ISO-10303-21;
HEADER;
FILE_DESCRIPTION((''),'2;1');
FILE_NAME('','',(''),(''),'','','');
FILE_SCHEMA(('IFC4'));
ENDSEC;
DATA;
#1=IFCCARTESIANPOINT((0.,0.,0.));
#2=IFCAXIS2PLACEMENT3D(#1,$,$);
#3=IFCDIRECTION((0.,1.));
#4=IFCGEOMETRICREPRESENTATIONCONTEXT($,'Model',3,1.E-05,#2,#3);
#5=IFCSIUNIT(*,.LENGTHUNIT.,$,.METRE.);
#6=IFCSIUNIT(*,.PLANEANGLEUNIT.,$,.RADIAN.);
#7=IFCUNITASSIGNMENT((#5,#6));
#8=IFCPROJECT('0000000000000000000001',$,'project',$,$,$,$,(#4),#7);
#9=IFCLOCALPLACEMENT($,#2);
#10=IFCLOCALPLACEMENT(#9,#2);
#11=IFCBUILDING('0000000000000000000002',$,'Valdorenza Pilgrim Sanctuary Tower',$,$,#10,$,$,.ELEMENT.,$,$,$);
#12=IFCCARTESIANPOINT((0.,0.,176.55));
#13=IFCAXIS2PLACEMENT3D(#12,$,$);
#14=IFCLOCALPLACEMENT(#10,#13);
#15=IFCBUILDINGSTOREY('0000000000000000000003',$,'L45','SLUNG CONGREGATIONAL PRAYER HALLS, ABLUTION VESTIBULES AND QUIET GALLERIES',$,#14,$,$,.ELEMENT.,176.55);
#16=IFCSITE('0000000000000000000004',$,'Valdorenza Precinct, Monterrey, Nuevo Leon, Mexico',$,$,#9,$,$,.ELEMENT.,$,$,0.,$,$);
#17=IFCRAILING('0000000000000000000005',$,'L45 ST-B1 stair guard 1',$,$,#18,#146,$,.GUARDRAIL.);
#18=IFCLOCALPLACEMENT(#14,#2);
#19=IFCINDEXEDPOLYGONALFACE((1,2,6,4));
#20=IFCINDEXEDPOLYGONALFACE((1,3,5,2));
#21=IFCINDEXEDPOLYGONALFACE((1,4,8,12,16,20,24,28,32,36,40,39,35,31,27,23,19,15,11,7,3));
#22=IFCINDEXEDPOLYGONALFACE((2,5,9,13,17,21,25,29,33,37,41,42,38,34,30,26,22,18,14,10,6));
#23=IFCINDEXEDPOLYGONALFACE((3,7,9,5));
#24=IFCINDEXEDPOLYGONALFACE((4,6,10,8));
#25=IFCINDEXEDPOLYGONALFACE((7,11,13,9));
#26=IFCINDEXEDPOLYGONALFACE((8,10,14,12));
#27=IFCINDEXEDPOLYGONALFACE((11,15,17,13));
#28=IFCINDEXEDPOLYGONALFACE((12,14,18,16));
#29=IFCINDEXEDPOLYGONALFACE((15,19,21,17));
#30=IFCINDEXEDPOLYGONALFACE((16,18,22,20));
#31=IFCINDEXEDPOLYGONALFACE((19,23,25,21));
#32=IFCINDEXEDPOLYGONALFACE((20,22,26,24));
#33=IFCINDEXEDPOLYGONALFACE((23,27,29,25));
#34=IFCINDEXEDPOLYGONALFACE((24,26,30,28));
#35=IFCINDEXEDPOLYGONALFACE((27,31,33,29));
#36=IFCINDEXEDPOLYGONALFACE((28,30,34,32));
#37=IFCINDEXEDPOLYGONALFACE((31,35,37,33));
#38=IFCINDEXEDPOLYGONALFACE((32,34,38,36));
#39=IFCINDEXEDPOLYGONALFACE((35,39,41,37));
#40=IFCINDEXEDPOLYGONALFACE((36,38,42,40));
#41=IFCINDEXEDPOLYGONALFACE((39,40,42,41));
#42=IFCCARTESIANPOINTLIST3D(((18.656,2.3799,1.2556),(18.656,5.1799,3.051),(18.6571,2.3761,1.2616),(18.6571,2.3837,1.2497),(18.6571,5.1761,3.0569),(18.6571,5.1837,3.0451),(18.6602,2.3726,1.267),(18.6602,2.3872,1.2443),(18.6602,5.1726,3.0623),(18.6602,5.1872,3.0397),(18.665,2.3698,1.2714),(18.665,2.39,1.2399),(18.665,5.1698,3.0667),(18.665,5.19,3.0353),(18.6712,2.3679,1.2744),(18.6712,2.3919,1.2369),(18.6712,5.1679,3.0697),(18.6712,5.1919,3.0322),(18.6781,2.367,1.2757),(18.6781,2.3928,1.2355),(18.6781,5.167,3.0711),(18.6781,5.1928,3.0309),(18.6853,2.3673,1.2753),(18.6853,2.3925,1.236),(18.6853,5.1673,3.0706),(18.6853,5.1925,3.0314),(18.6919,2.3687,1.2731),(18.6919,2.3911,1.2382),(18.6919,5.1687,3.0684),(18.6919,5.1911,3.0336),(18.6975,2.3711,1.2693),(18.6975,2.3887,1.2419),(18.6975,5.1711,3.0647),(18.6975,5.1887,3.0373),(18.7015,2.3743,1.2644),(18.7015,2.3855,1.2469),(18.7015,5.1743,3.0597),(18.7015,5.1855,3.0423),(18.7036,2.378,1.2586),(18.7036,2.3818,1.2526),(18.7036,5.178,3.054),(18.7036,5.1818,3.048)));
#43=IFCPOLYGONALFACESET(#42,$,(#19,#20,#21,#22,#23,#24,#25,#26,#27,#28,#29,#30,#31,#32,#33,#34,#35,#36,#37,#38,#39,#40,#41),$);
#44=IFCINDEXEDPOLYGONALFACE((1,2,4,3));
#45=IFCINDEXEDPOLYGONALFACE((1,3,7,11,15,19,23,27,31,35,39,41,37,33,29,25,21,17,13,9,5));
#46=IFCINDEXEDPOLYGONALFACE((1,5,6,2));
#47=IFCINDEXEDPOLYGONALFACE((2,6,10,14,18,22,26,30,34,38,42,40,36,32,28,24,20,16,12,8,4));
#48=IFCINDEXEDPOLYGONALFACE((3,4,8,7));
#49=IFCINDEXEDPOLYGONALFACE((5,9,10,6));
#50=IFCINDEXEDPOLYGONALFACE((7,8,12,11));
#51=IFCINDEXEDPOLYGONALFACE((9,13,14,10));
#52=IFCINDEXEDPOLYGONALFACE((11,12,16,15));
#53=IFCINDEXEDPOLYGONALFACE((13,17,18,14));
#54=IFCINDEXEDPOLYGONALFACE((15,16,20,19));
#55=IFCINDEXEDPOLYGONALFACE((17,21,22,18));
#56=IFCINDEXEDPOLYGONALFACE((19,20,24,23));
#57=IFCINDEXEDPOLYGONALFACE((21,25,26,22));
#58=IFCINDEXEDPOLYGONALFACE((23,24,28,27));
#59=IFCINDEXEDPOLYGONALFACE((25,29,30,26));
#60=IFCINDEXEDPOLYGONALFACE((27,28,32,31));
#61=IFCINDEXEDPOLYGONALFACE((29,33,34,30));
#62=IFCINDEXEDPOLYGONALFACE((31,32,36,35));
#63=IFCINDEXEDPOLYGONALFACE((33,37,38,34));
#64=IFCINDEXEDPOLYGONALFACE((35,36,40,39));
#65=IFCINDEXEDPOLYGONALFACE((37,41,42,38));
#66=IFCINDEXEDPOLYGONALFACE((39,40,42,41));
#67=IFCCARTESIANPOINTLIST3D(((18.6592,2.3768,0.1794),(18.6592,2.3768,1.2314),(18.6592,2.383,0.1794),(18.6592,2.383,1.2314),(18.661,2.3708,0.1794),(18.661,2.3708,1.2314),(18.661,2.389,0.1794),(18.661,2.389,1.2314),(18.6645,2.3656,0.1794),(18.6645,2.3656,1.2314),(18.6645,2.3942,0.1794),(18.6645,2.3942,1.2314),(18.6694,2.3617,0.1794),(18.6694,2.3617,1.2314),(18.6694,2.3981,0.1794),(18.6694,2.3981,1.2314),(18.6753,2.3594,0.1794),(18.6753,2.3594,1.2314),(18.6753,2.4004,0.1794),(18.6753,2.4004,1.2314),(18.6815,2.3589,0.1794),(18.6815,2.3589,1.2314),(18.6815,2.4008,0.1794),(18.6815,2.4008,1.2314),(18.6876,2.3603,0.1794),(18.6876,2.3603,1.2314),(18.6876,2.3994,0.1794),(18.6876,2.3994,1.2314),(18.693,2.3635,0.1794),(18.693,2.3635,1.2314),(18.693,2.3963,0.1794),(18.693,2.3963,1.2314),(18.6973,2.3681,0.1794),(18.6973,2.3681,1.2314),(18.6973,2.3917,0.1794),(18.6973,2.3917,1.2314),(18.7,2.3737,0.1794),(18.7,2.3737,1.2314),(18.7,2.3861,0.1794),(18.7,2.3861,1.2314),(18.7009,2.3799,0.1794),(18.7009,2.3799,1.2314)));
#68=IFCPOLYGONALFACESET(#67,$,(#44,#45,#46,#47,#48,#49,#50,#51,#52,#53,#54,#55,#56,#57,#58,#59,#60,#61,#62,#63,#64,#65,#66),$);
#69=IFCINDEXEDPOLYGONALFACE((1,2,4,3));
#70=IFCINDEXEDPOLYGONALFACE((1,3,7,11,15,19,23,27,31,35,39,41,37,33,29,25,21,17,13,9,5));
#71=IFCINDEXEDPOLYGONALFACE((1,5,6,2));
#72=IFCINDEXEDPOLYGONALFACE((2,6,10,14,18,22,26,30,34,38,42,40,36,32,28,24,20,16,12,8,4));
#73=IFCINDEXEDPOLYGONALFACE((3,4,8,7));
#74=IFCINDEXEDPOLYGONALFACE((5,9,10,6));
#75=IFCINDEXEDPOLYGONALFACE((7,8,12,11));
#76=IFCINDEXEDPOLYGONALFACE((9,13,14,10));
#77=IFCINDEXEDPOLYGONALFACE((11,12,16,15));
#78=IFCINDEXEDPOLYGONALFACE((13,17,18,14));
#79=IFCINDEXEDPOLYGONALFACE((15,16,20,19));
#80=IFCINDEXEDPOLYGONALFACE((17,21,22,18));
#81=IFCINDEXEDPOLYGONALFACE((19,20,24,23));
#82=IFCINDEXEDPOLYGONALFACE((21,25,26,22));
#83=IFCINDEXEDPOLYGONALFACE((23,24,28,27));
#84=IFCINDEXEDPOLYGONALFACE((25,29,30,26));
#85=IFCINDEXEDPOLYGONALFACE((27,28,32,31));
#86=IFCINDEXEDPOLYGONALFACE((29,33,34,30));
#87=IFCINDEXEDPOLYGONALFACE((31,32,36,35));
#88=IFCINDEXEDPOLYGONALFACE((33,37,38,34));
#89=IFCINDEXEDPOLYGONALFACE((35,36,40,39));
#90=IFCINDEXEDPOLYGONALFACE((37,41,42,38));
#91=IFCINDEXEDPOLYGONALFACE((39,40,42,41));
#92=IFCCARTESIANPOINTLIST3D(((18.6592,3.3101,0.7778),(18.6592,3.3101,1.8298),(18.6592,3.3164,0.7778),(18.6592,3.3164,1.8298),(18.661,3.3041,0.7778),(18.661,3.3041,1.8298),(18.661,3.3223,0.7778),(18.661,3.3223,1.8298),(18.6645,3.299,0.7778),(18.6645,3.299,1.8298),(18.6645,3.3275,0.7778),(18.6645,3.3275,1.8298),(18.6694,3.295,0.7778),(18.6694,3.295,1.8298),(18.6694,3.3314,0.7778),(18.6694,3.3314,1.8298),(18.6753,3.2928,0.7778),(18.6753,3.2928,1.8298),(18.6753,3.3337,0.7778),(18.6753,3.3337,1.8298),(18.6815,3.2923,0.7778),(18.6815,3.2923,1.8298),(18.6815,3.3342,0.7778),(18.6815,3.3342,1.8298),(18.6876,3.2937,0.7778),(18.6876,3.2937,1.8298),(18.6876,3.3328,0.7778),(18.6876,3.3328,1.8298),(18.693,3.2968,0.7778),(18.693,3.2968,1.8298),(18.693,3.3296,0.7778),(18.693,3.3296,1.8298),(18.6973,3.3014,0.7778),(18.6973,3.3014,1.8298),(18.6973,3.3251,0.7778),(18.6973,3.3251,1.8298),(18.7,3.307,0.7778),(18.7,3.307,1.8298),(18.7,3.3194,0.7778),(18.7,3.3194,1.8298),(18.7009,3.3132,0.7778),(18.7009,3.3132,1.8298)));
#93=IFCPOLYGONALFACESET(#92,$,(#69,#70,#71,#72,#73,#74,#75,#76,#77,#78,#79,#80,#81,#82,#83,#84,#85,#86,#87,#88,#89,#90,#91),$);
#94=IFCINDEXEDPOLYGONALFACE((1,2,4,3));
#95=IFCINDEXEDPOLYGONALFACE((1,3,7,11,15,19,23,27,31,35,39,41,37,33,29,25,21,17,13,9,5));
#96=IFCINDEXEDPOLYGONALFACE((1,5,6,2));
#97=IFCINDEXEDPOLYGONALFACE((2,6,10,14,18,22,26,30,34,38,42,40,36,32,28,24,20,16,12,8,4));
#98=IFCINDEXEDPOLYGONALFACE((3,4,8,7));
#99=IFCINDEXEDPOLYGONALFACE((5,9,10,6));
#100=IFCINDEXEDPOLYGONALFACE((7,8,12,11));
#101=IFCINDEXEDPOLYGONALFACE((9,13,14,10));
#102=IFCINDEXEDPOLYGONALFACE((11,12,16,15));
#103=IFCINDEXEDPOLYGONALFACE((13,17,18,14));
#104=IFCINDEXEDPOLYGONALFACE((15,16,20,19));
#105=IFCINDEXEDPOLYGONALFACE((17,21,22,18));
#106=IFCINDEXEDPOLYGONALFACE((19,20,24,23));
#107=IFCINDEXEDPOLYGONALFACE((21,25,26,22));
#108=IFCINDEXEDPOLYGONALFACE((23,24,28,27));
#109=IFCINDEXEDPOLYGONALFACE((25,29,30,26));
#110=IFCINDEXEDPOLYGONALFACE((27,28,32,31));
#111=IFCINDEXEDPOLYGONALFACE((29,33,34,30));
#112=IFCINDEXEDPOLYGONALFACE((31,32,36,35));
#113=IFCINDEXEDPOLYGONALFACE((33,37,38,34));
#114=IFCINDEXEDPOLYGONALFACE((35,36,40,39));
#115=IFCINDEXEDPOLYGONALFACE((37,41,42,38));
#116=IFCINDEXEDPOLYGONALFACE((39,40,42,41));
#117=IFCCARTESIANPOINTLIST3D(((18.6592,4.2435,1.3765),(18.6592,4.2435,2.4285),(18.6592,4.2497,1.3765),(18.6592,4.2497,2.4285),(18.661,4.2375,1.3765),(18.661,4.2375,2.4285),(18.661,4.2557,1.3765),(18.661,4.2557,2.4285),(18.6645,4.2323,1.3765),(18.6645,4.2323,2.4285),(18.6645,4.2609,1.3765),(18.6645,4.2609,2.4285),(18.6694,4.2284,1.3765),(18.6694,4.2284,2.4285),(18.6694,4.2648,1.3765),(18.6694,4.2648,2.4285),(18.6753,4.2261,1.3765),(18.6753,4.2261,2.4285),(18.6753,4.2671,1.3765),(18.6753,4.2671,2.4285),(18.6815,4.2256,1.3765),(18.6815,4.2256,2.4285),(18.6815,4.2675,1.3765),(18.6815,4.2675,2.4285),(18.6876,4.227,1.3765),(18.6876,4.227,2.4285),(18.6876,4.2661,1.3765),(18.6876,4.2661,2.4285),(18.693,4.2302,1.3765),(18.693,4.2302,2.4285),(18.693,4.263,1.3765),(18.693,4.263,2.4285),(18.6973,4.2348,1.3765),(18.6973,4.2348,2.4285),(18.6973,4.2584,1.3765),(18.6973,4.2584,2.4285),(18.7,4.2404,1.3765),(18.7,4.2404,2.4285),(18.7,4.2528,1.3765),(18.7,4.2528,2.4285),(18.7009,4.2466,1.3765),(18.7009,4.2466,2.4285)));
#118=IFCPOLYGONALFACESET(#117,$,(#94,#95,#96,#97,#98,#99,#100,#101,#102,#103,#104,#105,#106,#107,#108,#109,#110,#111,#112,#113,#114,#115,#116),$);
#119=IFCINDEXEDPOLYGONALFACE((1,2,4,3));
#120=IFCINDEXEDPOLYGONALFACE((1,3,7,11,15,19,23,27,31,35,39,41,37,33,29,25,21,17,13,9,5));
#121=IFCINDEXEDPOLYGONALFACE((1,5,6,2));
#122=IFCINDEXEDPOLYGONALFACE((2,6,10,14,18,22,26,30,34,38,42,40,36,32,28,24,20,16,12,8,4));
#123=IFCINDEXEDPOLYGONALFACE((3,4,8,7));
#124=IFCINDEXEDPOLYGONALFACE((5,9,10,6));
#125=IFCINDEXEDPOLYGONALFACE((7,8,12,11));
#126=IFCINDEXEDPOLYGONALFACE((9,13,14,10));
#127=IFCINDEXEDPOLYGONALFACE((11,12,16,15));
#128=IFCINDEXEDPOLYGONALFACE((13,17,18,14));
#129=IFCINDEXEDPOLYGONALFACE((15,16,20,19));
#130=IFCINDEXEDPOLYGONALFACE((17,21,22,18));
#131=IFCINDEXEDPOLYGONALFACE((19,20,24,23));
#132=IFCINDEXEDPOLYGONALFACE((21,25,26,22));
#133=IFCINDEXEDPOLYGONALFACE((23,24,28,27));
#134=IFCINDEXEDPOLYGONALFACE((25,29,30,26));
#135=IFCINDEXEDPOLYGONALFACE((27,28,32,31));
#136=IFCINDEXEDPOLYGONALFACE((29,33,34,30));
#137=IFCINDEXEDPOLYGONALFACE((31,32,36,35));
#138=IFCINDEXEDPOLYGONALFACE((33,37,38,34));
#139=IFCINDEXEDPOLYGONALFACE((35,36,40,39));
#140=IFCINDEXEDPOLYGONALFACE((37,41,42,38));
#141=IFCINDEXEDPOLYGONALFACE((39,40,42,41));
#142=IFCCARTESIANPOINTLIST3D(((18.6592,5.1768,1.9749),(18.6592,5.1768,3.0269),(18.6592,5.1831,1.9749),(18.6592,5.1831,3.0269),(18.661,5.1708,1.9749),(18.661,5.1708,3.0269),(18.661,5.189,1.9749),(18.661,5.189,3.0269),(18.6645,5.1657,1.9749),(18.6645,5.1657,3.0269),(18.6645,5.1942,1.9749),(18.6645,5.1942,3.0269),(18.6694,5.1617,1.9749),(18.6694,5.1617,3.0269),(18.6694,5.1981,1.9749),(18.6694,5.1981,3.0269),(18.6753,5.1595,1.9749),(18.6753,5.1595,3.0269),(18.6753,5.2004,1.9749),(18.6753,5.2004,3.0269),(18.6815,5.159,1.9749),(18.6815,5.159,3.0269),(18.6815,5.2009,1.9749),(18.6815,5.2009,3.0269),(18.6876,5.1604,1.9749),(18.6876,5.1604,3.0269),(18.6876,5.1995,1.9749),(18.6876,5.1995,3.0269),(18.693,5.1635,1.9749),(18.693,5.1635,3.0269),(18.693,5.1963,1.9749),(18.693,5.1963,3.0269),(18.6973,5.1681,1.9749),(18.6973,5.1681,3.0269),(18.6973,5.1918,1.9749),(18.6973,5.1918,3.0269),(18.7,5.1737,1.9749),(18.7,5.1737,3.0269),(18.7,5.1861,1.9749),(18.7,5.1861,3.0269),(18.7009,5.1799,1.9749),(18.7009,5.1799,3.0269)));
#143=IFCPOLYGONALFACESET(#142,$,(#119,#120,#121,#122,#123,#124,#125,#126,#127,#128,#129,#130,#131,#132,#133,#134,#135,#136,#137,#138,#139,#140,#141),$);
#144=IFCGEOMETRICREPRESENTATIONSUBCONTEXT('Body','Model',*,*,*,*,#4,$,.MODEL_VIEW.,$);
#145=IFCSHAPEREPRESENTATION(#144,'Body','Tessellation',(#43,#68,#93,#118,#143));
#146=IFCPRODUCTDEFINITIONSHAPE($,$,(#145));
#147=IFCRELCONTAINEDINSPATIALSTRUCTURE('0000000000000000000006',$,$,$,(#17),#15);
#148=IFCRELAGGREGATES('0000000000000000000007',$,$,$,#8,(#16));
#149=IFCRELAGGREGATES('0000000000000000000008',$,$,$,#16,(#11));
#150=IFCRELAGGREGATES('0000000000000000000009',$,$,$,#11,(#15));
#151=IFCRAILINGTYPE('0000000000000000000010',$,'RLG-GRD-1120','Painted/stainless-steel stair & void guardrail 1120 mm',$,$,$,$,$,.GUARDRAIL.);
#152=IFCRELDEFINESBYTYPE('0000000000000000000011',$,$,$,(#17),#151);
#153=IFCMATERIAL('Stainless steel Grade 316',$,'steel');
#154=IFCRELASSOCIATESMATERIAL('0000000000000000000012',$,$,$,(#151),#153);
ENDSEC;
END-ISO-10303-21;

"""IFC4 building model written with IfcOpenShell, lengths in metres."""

from ifc_helpers import new_model, si_unit, direction, frame, origin, origin_2d, place, context, subcontext, project, spatial, circle, extrude, material, type_object, element, save


model = new_model("IFC4")

# Units and contexts
model_context = context("Model", 3, precision=1e-05, world=origin(), true_north=direction((0.0, 1.0)))
body_context = subcontext(model_context, "Body", "Model", "MODEL_VIEW")
ifc_project = project(units=[si_unit("LENGTHUNIT", "METRE"), si_unit("PLANEANGLEUNIT", "RADIAN")], contexts=[model_context])

# Site, building, storey
site_placement = place(None, origin())
site = spatial("IfcSite", under=ifc_project, at=site_placement, Name="Valdorenza Precinct, Monterrey, Nuevo Leon, Mexico", CompositionType="ELEMENT", RefElevation=0.0)
building_placement = place(site_placement, origin())
building = spatial("IfcBuilding", under=site, at=building_placement, Name="Valdorenza Pilgrim Sanctuary Tower", CompositionType="ELEMENT")
storey_placement = place(building_placement, frame((0.0, 0.0, 176.55)))
storey = spatial("IfcBuildingStorey", under=building, at=storey_placement, Name="L45", Description="SLUNG CONGREGATIONAL PRAYER HALLS, ABLUTION VESTIBULES AND QUIET GALLERIES", CompositionType="ELEMENT", Elevation=176.55)

# Railing
ifc_material_1 = material(Name="Stainless steel Grade 316", Category="steel")
railing_type_1 = type_object("IfcRailingType", Name="RLG-GRD-1120", Description="Painted/stainless-steel stair & void guardrail 1120 mm", PredefinedType="GUARDRAIL", material=ifc_material_1)
railing_1_placement = place(storey_placement, frame((18.6799, 2.3799, 0.1794)))
element("IfcRailing", 1, at=railing_1_placement, inside=storey, type_object=railing_type_1, Name="L45 ST-B1 stair guard 1", PredefinedType="GUARDRAIL", context=body_context, shape_type="SweptSolid", body=[
    extrude(circle(Radius=0.0239, at=origin_2d()), frame((0.0, 0.0, 1.0762), z_axis=(0.0, 0.84181, 0.539774), x_axis=(-1.0, 0.0, 0.0)), (0.0, 0.0, 1.0), 3.3262),
    extrude(circle(Radius=0.021, at=origin_2d()), origin(), (0.0, 0.0, 1.0), 1.052),
    extrude(circle(Radius=0.021, at=origin_2d()), frame((0.0, 0.9333, 0.5984)), (0.0, 0.0, 1.0), 1.052),
    extrude(circle(Radius=0.021, at=origin_2d()), frame((0.0, 1.8667, 1.197)), (0.0, 0.0, 1.0), 1.052),
    extrude(circle(Radius=0.021, at=origin_2d()), frame((0.0, 2.8, 1.7954)), (0.0, 0.0, 1.0), 1.052),
])

save(model, "model.ifc")
